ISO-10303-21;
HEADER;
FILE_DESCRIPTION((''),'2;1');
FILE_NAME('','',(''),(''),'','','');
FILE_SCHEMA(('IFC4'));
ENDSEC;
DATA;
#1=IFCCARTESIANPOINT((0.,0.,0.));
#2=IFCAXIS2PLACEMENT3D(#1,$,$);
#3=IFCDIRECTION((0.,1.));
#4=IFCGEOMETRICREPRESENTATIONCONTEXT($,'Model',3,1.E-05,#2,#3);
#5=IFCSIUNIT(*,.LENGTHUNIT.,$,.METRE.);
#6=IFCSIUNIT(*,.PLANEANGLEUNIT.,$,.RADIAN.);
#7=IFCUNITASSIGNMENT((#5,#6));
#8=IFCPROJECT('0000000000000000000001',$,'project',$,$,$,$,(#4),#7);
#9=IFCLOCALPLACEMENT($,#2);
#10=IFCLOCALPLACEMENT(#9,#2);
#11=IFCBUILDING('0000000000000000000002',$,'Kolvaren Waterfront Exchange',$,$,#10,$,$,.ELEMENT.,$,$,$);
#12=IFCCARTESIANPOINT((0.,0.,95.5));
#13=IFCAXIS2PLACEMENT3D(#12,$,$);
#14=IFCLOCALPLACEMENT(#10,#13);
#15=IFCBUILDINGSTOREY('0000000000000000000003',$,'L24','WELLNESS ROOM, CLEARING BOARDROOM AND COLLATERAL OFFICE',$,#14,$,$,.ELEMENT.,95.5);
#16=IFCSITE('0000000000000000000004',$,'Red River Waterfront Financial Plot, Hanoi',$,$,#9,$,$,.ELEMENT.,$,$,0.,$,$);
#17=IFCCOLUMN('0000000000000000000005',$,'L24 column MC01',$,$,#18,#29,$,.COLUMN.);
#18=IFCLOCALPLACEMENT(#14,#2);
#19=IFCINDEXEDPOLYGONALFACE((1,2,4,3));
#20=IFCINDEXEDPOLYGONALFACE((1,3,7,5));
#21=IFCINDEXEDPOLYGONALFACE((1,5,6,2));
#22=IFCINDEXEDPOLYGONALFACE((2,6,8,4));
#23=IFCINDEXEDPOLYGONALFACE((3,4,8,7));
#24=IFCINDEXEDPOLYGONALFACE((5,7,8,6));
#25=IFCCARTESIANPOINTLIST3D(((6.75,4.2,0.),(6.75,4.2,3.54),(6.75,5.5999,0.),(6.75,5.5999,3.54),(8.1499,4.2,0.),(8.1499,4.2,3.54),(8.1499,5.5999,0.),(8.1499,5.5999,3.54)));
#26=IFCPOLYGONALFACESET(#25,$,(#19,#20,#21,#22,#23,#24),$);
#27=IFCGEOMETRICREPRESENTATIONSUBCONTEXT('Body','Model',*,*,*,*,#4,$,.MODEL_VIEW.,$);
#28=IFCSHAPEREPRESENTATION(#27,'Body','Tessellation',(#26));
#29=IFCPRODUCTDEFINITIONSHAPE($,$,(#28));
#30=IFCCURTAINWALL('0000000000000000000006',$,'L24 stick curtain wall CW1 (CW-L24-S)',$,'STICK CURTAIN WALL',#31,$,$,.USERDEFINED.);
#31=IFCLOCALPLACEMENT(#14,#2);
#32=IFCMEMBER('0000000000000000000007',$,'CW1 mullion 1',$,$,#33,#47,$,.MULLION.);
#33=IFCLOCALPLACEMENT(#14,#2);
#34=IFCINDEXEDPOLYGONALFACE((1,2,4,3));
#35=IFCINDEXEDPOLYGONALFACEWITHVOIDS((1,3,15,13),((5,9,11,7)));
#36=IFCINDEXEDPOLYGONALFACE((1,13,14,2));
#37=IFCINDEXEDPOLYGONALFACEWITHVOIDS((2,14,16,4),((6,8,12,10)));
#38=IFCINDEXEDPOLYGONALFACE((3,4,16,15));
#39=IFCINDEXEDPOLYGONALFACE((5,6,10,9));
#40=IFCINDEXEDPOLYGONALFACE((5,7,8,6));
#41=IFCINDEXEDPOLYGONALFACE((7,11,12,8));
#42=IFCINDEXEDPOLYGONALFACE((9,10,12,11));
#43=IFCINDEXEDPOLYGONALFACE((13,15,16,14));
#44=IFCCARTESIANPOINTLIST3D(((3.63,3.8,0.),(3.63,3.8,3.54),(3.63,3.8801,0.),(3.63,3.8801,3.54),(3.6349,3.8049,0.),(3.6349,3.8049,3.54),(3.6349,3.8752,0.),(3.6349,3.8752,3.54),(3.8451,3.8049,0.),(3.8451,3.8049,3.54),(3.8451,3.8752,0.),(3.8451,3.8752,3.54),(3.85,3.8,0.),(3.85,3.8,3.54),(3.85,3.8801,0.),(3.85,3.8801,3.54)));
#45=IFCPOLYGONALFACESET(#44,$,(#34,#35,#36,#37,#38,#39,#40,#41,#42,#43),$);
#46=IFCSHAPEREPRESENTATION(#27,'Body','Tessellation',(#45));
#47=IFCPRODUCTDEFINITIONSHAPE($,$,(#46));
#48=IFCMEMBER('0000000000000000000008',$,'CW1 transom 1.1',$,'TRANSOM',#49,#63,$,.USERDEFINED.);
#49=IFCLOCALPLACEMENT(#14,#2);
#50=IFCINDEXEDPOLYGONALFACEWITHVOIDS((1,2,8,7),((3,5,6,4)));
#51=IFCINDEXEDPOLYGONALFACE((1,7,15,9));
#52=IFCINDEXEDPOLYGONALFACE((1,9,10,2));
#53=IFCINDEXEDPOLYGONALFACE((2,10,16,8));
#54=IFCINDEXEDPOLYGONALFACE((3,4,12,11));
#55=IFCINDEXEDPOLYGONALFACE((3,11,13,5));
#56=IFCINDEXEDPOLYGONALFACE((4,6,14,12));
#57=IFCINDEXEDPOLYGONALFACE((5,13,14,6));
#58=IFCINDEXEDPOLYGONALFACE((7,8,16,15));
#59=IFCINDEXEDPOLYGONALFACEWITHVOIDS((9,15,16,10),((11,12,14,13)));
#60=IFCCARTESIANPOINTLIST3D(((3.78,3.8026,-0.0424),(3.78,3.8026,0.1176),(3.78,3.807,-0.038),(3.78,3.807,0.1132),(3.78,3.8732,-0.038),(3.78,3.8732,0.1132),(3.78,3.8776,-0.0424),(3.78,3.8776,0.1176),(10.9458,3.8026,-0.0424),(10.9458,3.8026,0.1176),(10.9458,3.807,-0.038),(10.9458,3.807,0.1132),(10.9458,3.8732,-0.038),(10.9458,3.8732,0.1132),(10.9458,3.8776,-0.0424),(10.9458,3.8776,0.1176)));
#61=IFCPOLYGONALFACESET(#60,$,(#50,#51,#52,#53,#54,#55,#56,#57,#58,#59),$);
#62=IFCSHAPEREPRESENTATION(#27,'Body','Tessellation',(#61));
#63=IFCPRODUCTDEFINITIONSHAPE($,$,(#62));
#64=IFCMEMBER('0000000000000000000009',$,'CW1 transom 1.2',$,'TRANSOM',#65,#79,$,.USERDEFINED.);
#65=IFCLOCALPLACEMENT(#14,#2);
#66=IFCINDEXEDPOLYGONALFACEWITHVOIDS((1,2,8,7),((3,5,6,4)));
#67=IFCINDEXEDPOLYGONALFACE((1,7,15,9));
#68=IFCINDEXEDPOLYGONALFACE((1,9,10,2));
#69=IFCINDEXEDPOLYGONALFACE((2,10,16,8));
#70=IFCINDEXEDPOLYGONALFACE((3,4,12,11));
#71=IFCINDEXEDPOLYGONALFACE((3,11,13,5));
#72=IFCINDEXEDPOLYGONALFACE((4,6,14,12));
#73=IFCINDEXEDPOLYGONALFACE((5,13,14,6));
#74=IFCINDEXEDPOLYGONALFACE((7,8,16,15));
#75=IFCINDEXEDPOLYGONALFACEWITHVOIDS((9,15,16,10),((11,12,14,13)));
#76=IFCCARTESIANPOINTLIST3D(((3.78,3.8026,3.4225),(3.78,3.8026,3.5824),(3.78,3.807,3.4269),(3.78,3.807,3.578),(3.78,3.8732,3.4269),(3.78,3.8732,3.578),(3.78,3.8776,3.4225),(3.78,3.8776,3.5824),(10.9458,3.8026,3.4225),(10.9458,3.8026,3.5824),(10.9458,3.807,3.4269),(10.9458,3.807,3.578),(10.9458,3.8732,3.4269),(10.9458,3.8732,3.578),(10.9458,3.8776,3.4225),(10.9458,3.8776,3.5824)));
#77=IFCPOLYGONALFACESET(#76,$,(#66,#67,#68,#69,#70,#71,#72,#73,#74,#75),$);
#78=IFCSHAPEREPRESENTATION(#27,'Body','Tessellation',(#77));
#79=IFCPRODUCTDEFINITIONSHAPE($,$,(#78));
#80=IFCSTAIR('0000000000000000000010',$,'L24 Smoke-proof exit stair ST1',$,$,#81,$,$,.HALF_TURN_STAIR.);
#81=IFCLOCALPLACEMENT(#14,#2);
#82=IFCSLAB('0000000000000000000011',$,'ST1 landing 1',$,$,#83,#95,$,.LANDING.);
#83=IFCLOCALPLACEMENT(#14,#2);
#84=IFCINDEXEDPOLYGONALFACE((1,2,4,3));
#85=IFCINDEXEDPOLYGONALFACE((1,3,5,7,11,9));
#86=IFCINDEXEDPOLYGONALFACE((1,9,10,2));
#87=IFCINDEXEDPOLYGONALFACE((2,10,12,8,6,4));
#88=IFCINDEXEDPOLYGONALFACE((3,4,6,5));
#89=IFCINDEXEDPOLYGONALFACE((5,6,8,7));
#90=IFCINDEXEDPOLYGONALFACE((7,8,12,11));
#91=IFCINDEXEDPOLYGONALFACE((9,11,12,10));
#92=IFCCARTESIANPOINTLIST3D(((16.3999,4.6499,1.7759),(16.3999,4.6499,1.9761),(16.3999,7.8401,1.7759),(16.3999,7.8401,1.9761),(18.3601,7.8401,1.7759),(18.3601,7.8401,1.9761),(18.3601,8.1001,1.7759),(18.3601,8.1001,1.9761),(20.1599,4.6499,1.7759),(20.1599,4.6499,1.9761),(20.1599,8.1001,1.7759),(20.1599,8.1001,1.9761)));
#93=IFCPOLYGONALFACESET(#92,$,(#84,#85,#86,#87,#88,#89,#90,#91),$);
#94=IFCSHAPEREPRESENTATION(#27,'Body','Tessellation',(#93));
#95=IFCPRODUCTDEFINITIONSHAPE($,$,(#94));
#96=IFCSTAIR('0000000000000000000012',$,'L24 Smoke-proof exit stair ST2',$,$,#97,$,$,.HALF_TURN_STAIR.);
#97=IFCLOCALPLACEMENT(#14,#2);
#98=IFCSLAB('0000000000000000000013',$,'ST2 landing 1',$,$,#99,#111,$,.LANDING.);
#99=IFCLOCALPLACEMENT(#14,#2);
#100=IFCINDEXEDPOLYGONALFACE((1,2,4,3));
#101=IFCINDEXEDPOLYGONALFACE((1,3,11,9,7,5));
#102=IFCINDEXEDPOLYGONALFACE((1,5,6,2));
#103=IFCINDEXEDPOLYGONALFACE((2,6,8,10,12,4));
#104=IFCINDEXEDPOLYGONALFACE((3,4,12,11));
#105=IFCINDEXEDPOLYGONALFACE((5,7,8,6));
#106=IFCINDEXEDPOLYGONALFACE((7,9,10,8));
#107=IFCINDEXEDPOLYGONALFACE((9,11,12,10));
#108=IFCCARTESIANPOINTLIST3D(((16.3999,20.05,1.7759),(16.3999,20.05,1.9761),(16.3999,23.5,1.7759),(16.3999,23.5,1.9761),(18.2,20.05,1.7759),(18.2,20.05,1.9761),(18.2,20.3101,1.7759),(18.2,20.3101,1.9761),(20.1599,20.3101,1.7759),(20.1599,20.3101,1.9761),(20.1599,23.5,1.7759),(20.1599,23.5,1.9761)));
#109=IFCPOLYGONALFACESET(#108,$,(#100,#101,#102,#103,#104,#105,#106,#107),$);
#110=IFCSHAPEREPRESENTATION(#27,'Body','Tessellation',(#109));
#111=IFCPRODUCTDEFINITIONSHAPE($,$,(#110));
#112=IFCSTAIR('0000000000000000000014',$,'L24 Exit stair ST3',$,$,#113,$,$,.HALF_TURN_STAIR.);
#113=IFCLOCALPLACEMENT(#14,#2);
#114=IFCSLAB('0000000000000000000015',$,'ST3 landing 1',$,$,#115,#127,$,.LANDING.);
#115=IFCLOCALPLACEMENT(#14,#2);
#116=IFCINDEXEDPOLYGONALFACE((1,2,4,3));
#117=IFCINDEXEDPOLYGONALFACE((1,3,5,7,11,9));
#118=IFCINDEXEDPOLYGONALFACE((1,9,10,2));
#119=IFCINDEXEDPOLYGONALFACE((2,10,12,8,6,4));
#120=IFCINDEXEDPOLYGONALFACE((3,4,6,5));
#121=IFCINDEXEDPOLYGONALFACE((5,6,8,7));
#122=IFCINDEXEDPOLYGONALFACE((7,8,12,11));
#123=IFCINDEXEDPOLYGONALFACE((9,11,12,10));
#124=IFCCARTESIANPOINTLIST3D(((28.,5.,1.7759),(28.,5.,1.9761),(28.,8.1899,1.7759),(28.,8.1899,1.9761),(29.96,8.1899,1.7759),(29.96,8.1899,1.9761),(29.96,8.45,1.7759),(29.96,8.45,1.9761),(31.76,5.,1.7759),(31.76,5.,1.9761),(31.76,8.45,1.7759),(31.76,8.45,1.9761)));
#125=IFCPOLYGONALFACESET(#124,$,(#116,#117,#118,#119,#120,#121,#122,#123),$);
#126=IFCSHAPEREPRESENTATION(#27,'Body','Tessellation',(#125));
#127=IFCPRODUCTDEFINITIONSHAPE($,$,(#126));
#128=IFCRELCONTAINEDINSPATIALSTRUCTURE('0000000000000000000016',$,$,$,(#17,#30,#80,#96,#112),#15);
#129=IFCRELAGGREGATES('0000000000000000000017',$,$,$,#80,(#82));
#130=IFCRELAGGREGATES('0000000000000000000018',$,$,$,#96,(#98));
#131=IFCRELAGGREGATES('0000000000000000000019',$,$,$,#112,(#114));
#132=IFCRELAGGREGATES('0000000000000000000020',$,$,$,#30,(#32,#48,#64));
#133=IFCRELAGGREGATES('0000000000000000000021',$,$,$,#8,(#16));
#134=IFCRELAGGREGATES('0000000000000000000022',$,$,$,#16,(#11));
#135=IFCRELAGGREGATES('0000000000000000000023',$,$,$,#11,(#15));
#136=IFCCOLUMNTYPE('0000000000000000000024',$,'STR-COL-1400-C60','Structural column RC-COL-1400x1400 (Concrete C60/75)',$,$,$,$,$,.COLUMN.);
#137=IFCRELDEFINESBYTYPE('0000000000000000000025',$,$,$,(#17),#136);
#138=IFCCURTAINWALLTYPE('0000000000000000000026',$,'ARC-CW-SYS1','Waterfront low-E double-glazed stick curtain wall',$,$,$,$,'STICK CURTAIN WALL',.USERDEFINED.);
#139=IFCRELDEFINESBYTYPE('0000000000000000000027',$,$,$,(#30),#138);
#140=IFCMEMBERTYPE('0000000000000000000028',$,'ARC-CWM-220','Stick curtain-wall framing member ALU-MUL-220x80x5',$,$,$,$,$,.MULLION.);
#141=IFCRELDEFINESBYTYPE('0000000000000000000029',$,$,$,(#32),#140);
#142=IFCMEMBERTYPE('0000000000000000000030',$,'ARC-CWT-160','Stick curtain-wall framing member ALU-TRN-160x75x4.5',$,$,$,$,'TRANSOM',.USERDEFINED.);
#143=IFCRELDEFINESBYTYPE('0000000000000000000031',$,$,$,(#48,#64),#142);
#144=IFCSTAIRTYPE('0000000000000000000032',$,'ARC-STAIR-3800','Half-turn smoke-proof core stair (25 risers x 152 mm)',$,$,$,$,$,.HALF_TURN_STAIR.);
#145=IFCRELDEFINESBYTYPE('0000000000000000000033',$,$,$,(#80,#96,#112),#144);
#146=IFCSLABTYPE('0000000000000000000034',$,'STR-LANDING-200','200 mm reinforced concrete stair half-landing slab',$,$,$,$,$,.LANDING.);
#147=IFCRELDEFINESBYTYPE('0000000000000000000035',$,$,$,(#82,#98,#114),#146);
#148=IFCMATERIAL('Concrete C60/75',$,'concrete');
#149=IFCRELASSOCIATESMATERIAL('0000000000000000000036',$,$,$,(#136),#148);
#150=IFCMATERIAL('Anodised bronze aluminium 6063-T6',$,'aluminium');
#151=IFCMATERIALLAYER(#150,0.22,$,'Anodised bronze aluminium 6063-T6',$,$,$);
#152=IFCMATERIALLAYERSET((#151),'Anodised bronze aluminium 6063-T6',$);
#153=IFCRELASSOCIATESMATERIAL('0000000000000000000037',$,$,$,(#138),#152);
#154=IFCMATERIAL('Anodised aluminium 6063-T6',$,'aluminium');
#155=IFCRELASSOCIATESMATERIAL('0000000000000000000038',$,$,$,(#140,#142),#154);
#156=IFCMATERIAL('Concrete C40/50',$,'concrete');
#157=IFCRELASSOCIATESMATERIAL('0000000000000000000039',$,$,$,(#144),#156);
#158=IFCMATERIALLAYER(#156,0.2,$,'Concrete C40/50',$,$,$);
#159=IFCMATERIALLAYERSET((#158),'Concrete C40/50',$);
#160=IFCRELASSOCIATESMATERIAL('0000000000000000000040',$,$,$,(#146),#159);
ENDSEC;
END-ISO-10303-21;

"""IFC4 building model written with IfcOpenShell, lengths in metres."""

from ifc_helpers import new_model, si_unit, direction, frame, origin, origin_with_axes, origin_2d, place, context, subcontext, project, spatial, polyline, rectangle, hollow_rectangle, outline, extrude, source, transform, mapped, material, layer, layer_set, material_profile, profile_set, type_object, element, aggregate, save


model = new_model("IFC4")

# Units and contexts
model_context = context("Model", 3, precision=1e-05, world=origin(), true_north=direction((0.0, 1.0)))
body_context = subcontext(model_context, "Body", "Model", "MODEL_VIEW")
ifc_project = project(units=[si_unit("LENGTHUNIT", "METRE"), si_unit("PLANEANGLEUNIT", "RADIAN")], contexts=[model_context])

# Site, building, storey
site_placement = place(None, origin())
site = spatial("IfcSite", under=ifc_project, at=site_placement, Name="Red River Waterfront Financial Plot, Hanoi", CompositionType="ELEMENT", RefElevation=0.0)
building_placement = place(site_placement, origin())
building = spatial("IfcBuilding", under=site, at=building_placement, Name="Kolvaren Waterfront Exchange", CompositionType="ELEMENT")
storey_placement = place(building_placement, frame((0.0, 0.0, 95.5)))
storey = spatial("IfcBuildingStorey", under=building, at=storey_placement, Name="L24", Description="WELLNESS ROOM, CLEARING BOARDROOM AND COLLATERAL OFFICE", CompositionType="ELEMENT", Elevation=95.5)

# Column
ifc_material_1 = material(Name="Concrete C60/75", Category="concrete")
ifc_material_profile_1 = material_profile(ifc_material_1, rectangle(XDim=1.3999, YDim=1.3999, at=origin_2d()), Name="RC-COL-1400x1400")
ifc_profile_set_1 = profile_set([ifc_material_profile_1], Name="Concrete C60/75")
column_type = type_object("IfcColumnType", Name="STR-COL-1400-C60", Description="Structural column RC-COL-1400x1400 (Concrete C60/75)", PredefinedType="COLUMN", material=ifc_profile_set_1)
column_placement = place(storey_placement, frame((7.45, 4.8999, 0.0), z_axis=(0.0, 0.0, 1.0), x_axis=(1.0, 0.0, 0.0)))
element("IfcColumn", 1, at=column_placement, inside=storey, type_object=column_type, Name="L24 column MC01", PredefinedType="COLUMN", context=body_context, shape_type="SweptSolid", body=[
    extrude(rectangle(XDim=1.3999, YDim=1.3999, at=origin_2d()), origin(), (0.0, 0.0, 1.0), 3.54),
])

# Curtain wall, members
ifc_material_2 = material(Name="Anodised bronze aluminium 6063-T6", Category="aluminium")
ifc_layer_1 = layer(ifc_material_2, 0.22, Name="Anodised bronze aluminium 6063-T6")
ifc_layer_set_1 = layer_set([ifc_layer_1], Name="Anodised bronze aluminium 6063-T6")
curtain_wall_type = type_object("IfcCurtainWallType", Name="ARC-CW-SYS1", Description="Waterfront low-E double-glazed stick curtain wall", ElementType="STICK CURTAIN WALL", PredefinedType="USERDEFINED", material=ifc_layer_set_1)
curtain_wall_placement = place(storey_placement, origin())
curtain_wall = element("IfcCurtainWall", 2, at=curtain_wall_placement, inside=storey, type_object=curtain_wall_type, Name="L24 stick curtain wall CW1 (CW-L24-S)", ObjectType="STICK CURTAIN WALL", PredefinedType="USERDEFINED")
ifc_material_3 = material(Name="Anodised aluminium 6063-T6", Category="aluminium")
ifc_material_profile_2 = material_profile(ifc_material_3, hollow_rectangle(XDim=0.0801, YDim=0.22, WallThickness=0.0049, at=origin_2d()), Name="ALU-MUL-220x80x5")
ifc_profile_set_2 = profile_set([ifc_material_profile_2], Name="Anodised aluminium 6063-T6")
member_type_1 = type_object("IfcMemberType", Name="ARC-CWM-220", Description="Stick curtain-wall framing member ALU-MUL-220x80x5", PredefinedType="MULLION", material=ifc_profile_set_2)
shared_shape_1 = source(origin_with_axes(), body_context, "Body", "SweptSolid", [
    extrude(hollow_rectangle(XDim=0.0801, YDim=0.22, WallThickness=0.0049, at=origin_2d()), origin(), (0.0, 0.0, 1.0), 3.54),
])
member_1_placement = place(storey_placement, frame((3.74, 3.8401, 0.0), z_axis=(0.0, 0.0, 1.0), x_axis=(0.0, 1.0, 0.0)))
member_1 = element("IfcMember", 3, at=member_1_placement, type_object=member_type_1, Name="CW1 mullion 1", PredefinedType="MULLION", context=body_context, shape_type="MappedRepresentation", body=[
    mapped(shared_shape_1, transform((0.0, 0.0, 0.0), x_axis=(1.0, 0.0, 0.0), y_axis=(0.0, 1.0, 0.0), z_axis=(0.0, 0.0, 1.0), scale=1.0)),
])
ifc_material_profile_3 = material_profile(ifc_material_3, hollow_rectangle(XDim=0.075, YDim=0.1599, WallThickness=0.0044, at=origin_2d()), Name="ALU-TRN-160x75x4.5")
ifc_profile_set_3 = profile_set([ifc_material_profile_3], Name="Anodised aluminium 6063-T6")
member_type_2 = type_object("IfcMemberType", Name="ARC-CWT-160", Description="Stick curtain-wall framing member ALU-TRN-160x75x4.5", ElementType="TRANSOM", PredefinedType="USERDEFINED", material=ifc_profile_set_3)
shared_shape_2 = source(origin_with_axes(), body_context, "Body", "SweptSolid", [
    extrude(hollow_rectangle(XDim=0.075, YDim=0.1599, WallThickness=0.0044, at=origin_2d()), origin(), (0.0, 0.0, 1.0), 7.1658),
])
member_2_placement = place(storey_placement, frame((3.78, 3.8401, 0.0376), z_axis=(1.0, 0.0, 0.0), x_axis=(0.0, 1.0, 0.0)))
member_2 = element("IfcMember", 4, at=member_2_placement, type_object=member_type_2, Name="CW1 transom 1.1", ObjectType="TRANSOM", PredefinedType="USERDEFINED", context=body_context, shape_type="MappedRepresentation", body=[
    mapped(shared_shape_2, transform((0.0, 0.0, 0.0), x_axis=(1.0, 0.0, 0.0), y_axis=(0.0, 1.0, 0.0), z_axis=(0.0, 0.0, 1.0), scale=1.0)),
])
member_3_placement = place(storey_placement, frame((3.78, 3.8401, 3.5024), z_axis=(1.0, 0.0, 0.0), x_axis=(0.0, 1.0, 0.0)))
member_3 = element("IfcMember", 5, at=member_3_placement, type_object=member_type_2, Name="CW1 transom 1.2", ObjectType="TRANSOM", PredefinedType="USERDEFINED", context=body_context, shape_type="MappedRepresentation", body=[
    mapped(shared_shape_2, transform((0.0, 0.0, 0.0), x_axis=(1.0, 0.0, 0.0), y_axis=(0.0, 1.0, 0.0), z_axis=(0.0, 0.0, 1.0), scale=1.0)),
])

# Stairs, slabs
ifc_material_4 = material(Name="Concrete C40/50", Category="concrete")
stair_type = type_object("IfcStairType", Name="ARC-STAIR-3800", Description="Half-turn smoke-proof core stair (25 risers x 152 mm)", PredefinedType="HALF_TURN_STAIR", material=ifc_material_4)
stair_1_placement = place(storey_placement, origin())
stair_1 = element("IfcStair", 6, at=stair_1_placement, inside=storey, type_object=stair_type, Name="L24 Smoke-proof exit stair ST1", PredefinedType="HALF_TURN_STAIR")
ifc_layer_2 = layer(ifc_material_4, 0.2, Name="Concrete C40/50")
ifc_layer_set_2 = layer_set([ifc_layer_2], Name="Concrete C40/50")
slab_type_1 = type_object("IfcSlabType", Name="STR-LANDING-200", Description="200 mm reinforced concrete stair half-landing slab", PredefinedType="LANDING", material=ifc_layer_set_2)
slab_1_placement = place(storey_placement, frame((0.0, 0.0, 1.7759)))
slab_1 = element("IfcSlab", 7, at=slab_1_placement, type_object=slab_type_1, Name="ST1 landing 1", PredefinedType="LANDING", context=body_context, shape_type="SweptSolid", body=[
    extrude(outline(polyline([(16.3999, 7.8401), (16.3999, 4.6499), (20.1599, 4.6499), (20.1599, 8.1001), (18.3601, 8.1001), (18.3601, 7.8401), (16.3999, 7.8401)])), origin(), (0.0, 0.0, 1.0), 0.2002),
])
aggregate(stair_1, [slab_1])
stair_2_placement = place(storey_placement, origin())
stair_2 = element("IfcStair", 8, at=stair_2_placement, inside=storey, type_object=stair_type, Name="L24 Smoke-proof exit stair ST2", PredefinedType="HALF_TURN_STAIR")
slab_2_placement = place(storey_placement, frame((0.0, 0.0, 1.7759)))
slab_2 = element("IfcSlab", 9, at=slab_2_placement, type_object=slab_type_1, Name="ST2 landing 1", PredefinedType="LANDING", context=body_context, shape_type="SweptSolid", body=[
    extrude(outline(polyline([(20.1599, 20.3101), (20.1599, 23.5), (16.3999, 23.5), (16.3999, 20.05), (18.2, 20.05), (18.2, 20.3101), (20.1599, 20.3101)])), origin(), (0.0, 0.0, 1.0), 0.2002),
])
aggregate(stair_2, [slab_2])
stair_3_placement = place(storey_placement, origin())
stair_3 = element("IfcStair", 10, at=stair_3_placement, inside=storey, type_object=stair_type, Name="L24 Exit stair ST3", PredefinedType="HALF_TURN_STAIR")
slab_3_placement = place(storey_placement, frame((0.0, 0.0, 1.7759)))
slab_3 = element("IfcSlab", 11, at=slab_3_placement, type_object=slab_type_1, Name="ST3 landing 1", PredefinedType="LANDING", context=body_context, shape_type="SweptSolid", body=[
    extrude(outline(polyline([(28.0, 8.1899), (28.0, 5.0), (31.76, 5.0), (31.76, 8.45), (29.96, 8.45), (29.96, 8.1899), (28.0, 8.1899)])), origin(), (0.0, 0.0, 1.0), 0.2002),
])
aggregate(stair_3, [slab_3])

aggregate(curtain_wall, [member_1, member_2, member_3])

save(model, "model.ifc")
